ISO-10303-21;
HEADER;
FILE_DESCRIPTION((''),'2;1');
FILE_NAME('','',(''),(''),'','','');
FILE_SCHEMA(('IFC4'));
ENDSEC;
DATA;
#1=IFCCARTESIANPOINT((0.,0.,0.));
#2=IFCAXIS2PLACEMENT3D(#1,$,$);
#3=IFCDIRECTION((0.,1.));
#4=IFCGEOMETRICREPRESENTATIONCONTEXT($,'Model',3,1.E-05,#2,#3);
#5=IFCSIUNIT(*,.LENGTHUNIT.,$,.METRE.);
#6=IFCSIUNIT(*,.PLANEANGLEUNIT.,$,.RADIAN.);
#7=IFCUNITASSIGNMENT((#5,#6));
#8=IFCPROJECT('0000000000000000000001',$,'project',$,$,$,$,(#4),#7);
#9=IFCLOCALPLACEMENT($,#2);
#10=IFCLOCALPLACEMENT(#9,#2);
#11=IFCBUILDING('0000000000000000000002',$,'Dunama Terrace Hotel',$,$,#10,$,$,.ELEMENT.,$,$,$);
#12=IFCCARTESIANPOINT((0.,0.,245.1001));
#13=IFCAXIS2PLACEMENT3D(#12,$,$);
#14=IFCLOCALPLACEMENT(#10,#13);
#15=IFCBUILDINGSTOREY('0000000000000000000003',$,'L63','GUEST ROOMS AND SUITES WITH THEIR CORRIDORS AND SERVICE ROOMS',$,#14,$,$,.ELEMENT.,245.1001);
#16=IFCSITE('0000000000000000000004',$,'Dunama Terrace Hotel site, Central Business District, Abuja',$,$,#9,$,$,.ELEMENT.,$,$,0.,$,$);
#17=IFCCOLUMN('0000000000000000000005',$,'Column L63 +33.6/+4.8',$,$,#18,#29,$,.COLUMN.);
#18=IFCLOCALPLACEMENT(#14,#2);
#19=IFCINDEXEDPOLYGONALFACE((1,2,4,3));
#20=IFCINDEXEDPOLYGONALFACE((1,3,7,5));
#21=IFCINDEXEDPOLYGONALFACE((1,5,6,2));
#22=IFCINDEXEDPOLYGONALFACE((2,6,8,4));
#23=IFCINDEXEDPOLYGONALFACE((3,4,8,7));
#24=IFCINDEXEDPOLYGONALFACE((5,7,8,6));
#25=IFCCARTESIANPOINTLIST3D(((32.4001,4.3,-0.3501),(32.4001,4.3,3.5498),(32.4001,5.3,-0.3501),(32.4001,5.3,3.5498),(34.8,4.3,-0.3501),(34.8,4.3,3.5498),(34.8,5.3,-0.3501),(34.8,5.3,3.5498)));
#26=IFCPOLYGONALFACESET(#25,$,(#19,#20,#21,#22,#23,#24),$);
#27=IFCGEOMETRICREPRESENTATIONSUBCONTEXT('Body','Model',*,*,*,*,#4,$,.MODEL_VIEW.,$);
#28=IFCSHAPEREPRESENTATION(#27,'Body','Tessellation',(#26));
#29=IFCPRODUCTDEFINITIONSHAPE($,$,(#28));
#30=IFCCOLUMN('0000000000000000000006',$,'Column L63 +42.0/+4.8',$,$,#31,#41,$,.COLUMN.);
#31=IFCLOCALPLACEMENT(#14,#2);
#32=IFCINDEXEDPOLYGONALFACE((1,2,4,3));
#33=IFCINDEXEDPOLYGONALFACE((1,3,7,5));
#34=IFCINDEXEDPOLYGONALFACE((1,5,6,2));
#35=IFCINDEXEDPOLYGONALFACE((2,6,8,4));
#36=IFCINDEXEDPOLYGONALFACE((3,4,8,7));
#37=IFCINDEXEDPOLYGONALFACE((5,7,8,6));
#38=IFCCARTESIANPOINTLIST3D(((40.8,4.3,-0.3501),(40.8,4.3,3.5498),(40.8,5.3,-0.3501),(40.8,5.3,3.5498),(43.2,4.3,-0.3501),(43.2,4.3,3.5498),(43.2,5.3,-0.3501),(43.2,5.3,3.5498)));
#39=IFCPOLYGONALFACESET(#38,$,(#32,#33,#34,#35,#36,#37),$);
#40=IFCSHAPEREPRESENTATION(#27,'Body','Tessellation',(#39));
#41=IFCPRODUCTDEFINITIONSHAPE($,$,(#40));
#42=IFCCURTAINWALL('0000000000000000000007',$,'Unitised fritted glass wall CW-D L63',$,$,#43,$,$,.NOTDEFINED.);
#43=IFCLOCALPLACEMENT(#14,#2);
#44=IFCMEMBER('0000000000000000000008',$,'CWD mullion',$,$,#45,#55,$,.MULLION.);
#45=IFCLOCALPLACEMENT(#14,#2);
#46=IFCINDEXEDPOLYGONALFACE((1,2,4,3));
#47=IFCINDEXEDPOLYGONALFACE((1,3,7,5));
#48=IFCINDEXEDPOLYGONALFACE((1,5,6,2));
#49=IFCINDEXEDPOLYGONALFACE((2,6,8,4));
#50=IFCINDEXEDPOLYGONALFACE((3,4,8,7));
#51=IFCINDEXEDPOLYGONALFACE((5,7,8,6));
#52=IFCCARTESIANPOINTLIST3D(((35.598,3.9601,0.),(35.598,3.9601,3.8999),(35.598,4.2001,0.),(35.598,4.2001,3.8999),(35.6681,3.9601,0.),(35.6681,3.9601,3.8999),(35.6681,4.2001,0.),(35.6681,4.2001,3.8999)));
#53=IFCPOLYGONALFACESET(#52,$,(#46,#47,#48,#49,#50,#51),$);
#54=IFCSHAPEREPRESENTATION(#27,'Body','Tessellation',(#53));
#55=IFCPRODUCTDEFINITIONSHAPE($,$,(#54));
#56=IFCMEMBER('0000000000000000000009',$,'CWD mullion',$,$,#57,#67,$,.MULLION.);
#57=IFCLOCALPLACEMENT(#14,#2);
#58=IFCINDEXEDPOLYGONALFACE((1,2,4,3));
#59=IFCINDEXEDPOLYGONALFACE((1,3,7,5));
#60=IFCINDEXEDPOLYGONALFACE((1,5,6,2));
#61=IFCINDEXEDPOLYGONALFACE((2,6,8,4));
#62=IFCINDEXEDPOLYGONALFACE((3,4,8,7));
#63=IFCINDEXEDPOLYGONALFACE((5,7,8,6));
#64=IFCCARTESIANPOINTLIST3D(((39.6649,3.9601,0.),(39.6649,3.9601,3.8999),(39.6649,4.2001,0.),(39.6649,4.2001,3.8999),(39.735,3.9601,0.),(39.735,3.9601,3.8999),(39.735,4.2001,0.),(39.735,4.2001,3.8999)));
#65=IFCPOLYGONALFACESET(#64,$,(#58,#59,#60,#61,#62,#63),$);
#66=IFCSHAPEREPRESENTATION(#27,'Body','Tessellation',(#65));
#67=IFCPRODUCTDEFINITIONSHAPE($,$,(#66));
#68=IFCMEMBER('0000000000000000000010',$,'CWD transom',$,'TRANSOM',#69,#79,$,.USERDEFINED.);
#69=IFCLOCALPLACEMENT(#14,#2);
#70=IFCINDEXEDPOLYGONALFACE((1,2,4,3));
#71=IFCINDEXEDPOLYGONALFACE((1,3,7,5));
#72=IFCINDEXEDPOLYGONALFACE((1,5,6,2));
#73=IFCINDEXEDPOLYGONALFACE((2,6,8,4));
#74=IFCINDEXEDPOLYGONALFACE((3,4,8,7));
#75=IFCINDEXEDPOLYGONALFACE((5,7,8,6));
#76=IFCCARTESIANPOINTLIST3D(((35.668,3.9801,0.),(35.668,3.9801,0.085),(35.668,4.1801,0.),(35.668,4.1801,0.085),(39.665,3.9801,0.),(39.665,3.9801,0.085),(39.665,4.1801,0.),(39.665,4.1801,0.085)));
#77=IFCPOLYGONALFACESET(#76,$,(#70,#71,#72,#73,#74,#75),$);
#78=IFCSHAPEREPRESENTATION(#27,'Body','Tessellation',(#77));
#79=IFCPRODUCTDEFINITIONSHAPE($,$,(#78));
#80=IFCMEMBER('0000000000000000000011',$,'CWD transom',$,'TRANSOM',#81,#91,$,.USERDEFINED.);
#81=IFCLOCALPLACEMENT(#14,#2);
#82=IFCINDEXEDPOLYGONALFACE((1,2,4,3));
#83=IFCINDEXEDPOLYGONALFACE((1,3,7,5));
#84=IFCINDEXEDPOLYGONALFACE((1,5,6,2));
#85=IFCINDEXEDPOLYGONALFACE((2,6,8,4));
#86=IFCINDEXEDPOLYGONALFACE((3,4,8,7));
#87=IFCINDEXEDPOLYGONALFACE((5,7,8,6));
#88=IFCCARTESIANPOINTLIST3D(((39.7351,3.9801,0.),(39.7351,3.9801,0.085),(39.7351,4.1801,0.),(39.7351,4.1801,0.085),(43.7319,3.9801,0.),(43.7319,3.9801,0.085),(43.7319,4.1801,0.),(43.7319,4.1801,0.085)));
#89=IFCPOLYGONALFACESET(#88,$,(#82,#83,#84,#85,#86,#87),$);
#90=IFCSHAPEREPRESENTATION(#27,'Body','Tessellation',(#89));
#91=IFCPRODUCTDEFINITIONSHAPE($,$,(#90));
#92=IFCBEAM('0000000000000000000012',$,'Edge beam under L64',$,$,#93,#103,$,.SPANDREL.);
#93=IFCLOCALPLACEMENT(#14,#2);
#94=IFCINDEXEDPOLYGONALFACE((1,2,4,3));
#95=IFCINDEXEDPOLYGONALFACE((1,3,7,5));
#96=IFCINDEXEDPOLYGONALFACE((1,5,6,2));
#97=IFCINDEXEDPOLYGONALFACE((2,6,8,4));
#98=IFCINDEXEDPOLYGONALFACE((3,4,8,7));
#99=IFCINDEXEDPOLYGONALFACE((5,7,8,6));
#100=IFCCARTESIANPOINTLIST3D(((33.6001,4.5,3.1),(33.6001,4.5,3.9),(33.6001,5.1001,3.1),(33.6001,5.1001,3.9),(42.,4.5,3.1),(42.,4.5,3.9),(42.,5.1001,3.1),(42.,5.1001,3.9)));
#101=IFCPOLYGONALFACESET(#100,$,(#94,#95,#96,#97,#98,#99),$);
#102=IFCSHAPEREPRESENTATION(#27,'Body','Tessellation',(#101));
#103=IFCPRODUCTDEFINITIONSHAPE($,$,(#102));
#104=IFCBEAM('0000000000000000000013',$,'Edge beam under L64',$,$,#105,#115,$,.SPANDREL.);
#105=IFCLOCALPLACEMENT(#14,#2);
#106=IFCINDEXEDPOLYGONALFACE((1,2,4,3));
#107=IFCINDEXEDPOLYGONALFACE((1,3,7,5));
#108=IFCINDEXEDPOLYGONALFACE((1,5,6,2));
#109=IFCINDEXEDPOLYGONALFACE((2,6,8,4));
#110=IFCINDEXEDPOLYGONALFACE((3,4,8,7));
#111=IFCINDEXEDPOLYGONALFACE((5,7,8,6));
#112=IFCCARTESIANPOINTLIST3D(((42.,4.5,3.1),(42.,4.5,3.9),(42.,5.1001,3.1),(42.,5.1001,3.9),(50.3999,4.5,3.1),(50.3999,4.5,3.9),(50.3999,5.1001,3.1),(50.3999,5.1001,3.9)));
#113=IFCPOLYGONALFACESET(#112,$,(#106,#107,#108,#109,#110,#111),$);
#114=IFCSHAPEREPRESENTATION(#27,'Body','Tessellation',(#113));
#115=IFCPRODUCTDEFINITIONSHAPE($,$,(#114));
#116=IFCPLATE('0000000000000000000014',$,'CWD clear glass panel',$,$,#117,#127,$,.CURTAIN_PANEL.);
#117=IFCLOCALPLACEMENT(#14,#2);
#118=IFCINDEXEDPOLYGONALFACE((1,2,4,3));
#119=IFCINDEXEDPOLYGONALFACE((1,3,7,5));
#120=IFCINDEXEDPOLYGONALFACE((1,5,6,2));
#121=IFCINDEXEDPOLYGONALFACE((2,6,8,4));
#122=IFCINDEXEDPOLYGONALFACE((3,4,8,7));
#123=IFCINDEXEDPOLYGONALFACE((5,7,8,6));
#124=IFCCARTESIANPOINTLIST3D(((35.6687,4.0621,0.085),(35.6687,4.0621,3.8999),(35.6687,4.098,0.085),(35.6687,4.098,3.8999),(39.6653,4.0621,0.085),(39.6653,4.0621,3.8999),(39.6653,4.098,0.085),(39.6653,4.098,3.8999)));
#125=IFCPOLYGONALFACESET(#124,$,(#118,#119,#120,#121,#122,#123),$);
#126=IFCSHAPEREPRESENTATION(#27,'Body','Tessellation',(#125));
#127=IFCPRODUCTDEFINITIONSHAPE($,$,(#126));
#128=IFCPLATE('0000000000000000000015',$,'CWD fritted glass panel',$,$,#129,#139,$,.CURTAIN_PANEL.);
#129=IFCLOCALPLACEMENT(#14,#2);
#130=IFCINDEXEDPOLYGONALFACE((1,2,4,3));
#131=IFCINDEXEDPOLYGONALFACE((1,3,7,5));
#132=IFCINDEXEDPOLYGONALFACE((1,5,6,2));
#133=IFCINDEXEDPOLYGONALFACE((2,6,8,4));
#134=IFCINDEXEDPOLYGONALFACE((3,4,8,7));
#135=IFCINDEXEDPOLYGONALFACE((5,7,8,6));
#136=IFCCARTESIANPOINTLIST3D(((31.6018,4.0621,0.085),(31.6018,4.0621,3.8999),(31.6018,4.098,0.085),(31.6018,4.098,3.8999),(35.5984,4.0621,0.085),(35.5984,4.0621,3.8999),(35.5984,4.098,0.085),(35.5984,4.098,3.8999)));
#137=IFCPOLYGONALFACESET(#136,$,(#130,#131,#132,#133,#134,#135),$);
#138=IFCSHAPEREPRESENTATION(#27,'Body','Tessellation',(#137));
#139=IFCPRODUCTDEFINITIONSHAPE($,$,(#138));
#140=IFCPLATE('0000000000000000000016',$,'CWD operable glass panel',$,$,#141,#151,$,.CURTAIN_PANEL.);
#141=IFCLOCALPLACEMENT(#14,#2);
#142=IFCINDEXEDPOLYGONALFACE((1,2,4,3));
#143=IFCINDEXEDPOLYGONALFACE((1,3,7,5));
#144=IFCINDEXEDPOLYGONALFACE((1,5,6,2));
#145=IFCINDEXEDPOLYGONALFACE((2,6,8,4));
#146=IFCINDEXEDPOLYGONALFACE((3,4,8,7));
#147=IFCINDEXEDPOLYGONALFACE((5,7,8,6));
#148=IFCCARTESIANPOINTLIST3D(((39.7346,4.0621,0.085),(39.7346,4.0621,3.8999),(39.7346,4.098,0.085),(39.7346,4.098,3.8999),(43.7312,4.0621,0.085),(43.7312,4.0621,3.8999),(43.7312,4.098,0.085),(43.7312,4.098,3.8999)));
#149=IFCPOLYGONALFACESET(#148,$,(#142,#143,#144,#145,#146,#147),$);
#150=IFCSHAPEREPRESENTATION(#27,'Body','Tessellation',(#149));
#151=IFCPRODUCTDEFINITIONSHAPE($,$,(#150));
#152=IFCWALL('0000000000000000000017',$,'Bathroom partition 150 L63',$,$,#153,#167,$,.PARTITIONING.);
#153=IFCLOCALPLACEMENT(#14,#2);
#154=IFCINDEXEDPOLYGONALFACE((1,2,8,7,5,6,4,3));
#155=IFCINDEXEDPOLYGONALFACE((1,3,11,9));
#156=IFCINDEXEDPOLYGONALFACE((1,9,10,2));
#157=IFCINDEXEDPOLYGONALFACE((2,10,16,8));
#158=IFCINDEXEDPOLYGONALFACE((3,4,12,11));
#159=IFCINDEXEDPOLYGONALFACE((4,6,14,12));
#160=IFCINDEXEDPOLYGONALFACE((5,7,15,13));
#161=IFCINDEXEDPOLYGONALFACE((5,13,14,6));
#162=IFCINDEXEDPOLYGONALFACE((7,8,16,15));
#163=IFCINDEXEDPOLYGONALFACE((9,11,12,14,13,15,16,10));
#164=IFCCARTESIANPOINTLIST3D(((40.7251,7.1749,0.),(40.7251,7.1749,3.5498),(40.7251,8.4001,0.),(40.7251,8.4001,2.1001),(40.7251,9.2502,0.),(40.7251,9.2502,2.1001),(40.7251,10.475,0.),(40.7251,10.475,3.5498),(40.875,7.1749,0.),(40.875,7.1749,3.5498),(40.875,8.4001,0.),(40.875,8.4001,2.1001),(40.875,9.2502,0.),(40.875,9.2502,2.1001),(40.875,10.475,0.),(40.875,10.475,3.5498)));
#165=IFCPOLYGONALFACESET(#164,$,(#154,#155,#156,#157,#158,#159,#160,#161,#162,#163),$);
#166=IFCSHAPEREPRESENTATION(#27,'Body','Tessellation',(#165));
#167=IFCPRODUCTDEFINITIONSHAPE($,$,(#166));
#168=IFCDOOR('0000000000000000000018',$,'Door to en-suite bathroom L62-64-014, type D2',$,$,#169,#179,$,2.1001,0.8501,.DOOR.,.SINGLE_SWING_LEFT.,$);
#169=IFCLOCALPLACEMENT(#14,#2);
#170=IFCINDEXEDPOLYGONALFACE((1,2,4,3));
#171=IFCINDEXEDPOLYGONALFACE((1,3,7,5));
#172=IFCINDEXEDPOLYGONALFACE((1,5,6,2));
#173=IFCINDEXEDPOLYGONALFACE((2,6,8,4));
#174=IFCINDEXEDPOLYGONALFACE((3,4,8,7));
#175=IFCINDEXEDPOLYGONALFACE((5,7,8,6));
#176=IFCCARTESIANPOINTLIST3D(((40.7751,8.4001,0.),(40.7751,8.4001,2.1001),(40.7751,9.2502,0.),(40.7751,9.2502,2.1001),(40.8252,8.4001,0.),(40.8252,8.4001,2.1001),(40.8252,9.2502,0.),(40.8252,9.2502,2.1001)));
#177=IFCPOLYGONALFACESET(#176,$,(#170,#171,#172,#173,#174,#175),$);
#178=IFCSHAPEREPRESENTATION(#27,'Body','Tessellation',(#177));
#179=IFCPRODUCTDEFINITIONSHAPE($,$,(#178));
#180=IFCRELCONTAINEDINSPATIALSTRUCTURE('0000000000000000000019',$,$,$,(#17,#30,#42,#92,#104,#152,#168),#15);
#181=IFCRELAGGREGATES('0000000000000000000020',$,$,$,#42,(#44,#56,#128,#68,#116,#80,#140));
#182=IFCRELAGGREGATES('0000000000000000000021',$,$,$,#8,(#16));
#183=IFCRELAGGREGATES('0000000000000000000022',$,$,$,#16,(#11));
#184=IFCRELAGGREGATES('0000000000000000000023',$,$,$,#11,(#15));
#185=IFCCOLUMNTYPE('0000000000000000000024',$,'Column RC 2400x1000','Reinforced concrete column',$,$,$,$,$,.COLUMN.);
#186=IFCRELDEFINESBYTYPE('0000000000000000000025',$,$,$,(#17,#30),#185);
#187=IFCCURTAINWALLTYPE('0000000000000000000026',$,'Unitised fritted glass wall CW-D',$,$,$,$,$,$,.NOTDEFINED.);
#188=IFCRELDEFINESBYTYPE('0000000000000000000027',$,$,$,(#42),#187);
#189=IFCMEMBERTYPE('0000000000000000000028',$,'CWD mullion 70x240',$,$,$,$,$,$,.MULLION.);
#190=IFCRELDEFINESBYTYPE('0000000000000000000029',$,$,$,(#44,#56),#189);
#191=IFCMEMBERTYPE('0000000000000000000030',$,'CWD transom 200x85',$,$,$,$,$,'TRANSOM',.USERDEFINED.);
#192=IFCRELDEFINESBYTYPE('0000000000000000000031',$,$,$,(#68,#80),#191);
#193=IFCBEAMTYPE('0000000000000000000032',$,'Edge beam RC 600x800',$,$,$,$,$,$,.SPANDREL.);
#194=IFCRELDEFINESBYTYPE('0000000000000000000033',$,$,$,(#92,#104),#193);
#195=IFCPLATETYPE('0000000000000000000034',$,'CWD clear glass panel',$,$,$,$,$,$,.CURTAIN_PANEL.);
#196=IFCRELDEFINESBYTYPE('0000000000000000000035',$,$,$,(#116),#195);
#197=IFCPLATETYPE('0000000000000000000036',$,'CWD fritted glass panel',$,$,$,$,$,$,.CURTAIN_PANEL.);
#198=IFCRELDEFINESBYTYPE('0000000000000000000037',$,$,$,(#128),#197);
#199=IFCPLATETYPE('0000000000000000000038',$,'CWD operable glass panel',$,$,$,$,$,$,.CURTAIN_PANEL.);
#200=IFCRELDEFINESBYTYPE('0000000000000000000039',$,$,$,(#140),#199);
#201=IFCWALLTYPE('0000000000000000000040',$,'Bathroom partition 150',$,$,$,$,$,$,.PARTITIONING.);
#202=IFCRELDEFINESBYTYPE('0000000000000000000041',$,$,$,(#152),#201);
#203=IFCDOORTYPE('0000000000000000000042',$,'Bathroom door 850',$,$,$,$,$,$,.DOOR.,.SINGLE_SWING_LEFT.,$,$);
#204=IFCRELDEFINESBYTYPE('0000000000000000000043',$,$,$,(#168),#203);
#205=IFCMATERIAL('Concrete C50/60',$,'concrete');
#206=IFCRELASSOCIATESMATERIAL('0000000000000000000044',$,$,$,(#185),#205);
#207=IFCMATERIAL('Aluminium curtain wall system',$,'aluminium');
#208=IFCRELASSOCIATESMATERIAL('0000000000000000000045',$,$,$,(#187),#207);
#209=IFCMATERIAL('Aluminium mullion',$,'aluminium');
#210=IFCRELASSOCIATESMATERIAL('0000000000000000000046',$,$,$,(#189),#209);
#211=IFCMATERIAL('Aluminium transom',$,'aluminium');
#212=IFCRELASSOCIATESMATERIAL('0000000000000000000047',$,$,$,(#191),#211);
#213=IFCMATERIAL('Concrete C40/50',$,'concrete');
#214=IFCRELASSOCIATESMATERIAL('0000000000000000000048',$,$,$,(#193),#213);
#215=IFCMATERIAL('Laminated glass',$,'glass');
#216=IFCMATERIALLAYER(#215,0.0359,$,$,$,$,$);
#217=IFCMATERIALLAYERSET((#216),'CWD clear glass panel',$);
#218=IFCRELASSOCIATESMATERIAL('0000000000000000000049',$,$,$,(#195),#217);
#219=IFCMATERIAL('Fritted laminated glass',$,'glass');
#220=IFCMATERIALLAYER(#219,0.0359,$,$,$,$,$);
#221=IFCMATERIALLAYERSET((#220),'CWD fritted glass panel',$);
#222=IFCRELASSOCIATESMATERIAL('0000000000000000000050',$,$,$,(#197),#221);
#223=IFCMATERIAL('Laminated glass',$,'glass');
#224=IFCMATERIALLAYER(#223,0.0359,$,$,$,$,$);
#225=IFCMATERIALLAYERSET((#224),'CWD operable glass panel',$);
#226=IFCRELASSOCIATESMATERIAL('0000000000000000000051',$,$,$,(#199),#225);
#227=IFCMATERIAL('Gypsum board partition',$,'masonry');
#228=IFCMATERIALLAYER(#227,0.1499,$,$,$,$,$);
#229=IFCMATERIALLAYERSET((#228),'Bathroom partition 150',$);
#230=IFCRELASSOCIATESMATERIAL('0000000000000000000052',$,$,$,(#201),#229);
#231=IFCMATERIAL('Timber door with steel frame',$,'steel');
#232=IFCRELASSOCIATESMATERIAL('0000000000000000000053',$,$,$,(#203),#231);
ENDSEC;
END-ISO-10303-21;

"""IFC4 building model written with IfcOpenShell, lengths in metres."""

from ifc_helpers import new_model, si_unit, direction, frame, frame_2d, origin, origin_2d, place, context, subcontext, project, spatial, rectangle, extrude, material, layer, layer_set, material_profile, profile_set, type_object, element, fill, aggregate, save


model = new_model("IFC4")

# Units and contexts
model_context = context("Model", 3, precision=1e-05, world=origin(), true_north=direction((0.0, 1.0)))
body_context = subcontext(model_context, "Body", "Model", "MODEL_VIEW")
ifc_project = project(units=[si_unit("LENGTHUNIT", "METRE"), si_unit("PLANEANGLEUNIT", "RADIAN")], contexts=[model_context])

# Site, building, storey
site_placement = place(None, origin())
site = spatial("IfcSite", under=ifc_project, at=site_placement, Name="Dunama Terrace Hotel site, Central Business District, Abuja", CompositionType="ELEMENT", RefElevation=0.0)
building_placement = place(site_placement, origin())
building = spatial("IfcBuilding", under=site, at=building_placement, Name="Dunama Terrace Hotel", CompositionType="ELEMENT")
storey_placement = place(building_placement, frame((0.0, 0.0, 245.1001)))
storey = spatial("IfcBuildingStorey", under=building, at=storey_placement, Name="L63", Description="GUEST ROOMS AND SUITES WITH THEIR CORRIDORS AND SERVICE ROOMS", CompositionType="ELEMENT", Elevation=245.1001)

# Columns
ifc_material_1 = material(Name="Concrete C50/60", Category="concrete")
ifc_material_profile_1 = material_profile(ifc_material_1, rectangle(XDim=2.3999, YDim=1.0, at=origin_2d()), Name="RC 2400x1000")
ifc_profile_set_1 = profile_set([ifc_material_profile_1], Name="Concrete C50/60")
column_type = type_object("IfcColumnType", Name="Column RC 2400x1000", Description="Reinforced concrete column", PredefinedType="COLUMN", material=ifc_profile_set_1)
for number, where, z_axis, x_axis, name in (
    (1, (33.6001, 4.8, -0.3501), (0.0, 0.0, 1.0), (1.0, 0.0, 0.0), "Column L63 +33.6/+4.8"),
    (2, (42.0, 4.8, -0.3501), (0.0, 0.0, 1.0), (1.0, 0.0, 0.0), "Column L63 +42.0/+4.8"),
):
    element("IfcColumn", number, at=place(storey_placement, frame(where, z_axis=z_axis, x_axis=x_axis)), inside=storey, type_object=column_type, Name=name, PredefinedType="COLUMN", context=body_context, shape_type="SweptSolid", body=[
        extrude(rectangle(XDim=2.3999, YDim=1.0, at=origin_2d()), origin(), (0.0, 0.0, 1.0), 3.8999),
    ])

# Curtain wall, members
ifc_material_2 = material(Name="Aluminium curtain wall system", Category="aluminium")
curtain_wall_type = type_object("IfcCurtainWallType", Name="Unitised fritted glass wall CW-D", PredefinedType="NOTDEFINED", material=ifc_material_2)
curtain_wall_placement = place(storey_placement, origin())
curtain_wall = element("IfcCurtainWall", 3, at=curtain_wall_placement, inside=storey, type_object=curtain_wall_type, Name="Unitised fritted glass wall CW-D L63", PredefinedType="NOTDEFINED")
ifc_material_3 = material(Name="Aluminium mullion", Category="aluminium")
ifc_material_profile_2 = material_profile(ifc_material_3, rectangle(XDim=0.0701, YDim=0.24, at=origin_2d()), Name="CWD MULLION 70X240")
ifc_profile_set_2 = profile_set([ifc_material_profile_2], Name="Aluminium mullion")
member_type_1 = type_object("IfcMemberType", Name="CWD mullion 70x240", PredefinedType="MULLION", material=ifc_profile_set_2)
member_1_placement = place(storey_placement, frame((35.6331, 4.0801, 0.0), z_axis=(0.0, 0.0, 1.0), x_axis=(1.0, 0.0, 0.0)))
member_1 = element("IfcMember", 4, at=member_1_placement, type_object=member_type_1, Name="CWD mullion", PredefinedType="MULLION", context=body_context, shape_type="SweptSolid", body=[
    extrude(rectangle(XDim=0.0701, YDim=0.24, at=origin_2d()), origin(), (0.0, 0.0, 1.0), 3.8999),
])
member_2_placement = place(storey_placement, frame((39.7, 4.0801, 0.0), z_axis=(0.0, 0.0, 1.0), x_axis=(1.0, 0.0, 0.0)))
member_2 = element("IfcMember", 5, at=member_2_placement, type_object=member_type_1, Name="CWD mullion", PredefinedType="MULLION", context=body_context, shape_type="SweptSolid", body=[
    extrude(rectangle(XDim=0.0701, YDim=0.24, at=origin_2d()), origin(), (0.0, 0.0, 1.0), 3.8999),
])
ifc_material_4 = material(Name="Aluminium transom", Category="aluminium")
ifc_material_profile_3 = material_profile(ifc_material_4, rectangle(XDim=0.2, YDim=0.085, at=origin_2d()), Name="CWD TRANSOM 200X85")
ifc_profile_set_3 = profile_set([ifc_material_profile_3], Name="Aluminium transom")
member_type_2 = type_object("IfcMemberType", Name="CWD transom 200x85", ElementType="TRANSOM", PredefinedType="USERDEFINED", material=ifc_profile_set_3)
member_3_placement = place(storey_placement, frame((35.668, 4.0801, 0.0425), z_axis=(1.0, 0.0, 0.0), x_axis=(0.0, 1.0, 0.0)))
member_3 = element("IfcMember", 6, at=member_3_placement, type_object=member_type_2, Name="CWD transom", ObjectType="TRANSOM", PredefinedType="USERDEFINED", context=body_context, shape_type="SweptSolid", body=[
    extrude(rectangle(XDim=0.2, YDim=0.085, at=origin_2d()), origin(), (0.0, 0.0, 1.0), 3.9971),
])
member_4_placement = place(storey_placement, frame((39.7351, 4.0801, 0.0425), z_axis=(1.0, 0.0, 0.0), x_axis=(0.0, 1.0, 0.0)))
member_4 = element("IfcMember", 7, at=member_4_placement, type_object=member_type_2, Name="CWD transom", ObjectType="TRANSOM", PredefinedType="USERDEFINED", context=body_context, shape_type="SweptSolid", body=[
    extrude(rectangle(XDim=0.2, YDim=0.085, at=origin_2d()), origin(), (0.0, 0.0, 1.0), 3.9968),
])

# Beams
ifc_material_5 = material(Name="Concrete C40/50", Category="concrete")
ifc_material_profile_4 = material_profile(ifc_material_5, rectangle(XDim=0.6001, YDim=0.8, at=origin_2d()), Name="RC 600x800")
ifc_profile_set_4 = profile_set([ifc_material_profile_4], Name="Concrete C40/50")
beam_type = type_object("IfcBeamType", Name="Edge beam RC 600x800", PredefinedType="SPANDREL", material=ifc_profile_set_4)
for number, where, z_axis, x_axis, name in (
    (8, (33.6001, 4.8, 3.5), (1.0, 0.0, 0.0), (0.0, 1.0, 0.0), "Edge beam under L64"),
    (9, (42.0, 4.8, 3.5), (1.0, 0.0, 0.0), (0.0, 1.0, 0.0), "Edge beam under L64"),
):
    element("IfcBeam", number, at=place(storey_placement, frame(where, z_axis=z_axis, x_axis=x_axis)), inside=storey, type_object=beam_type, Name=name, PredefinedType="SPANDREL", context=body_context, shape_type="SweptSolid", body=[
        extrude(rectangle(XDim=0.6001, YDim=0.8, at=origin_2d()), origin(), (0.0, 0.0, 1.0), 8.3999),
    ])

# Plates
ifc_material_6 = material(Name="Laminated glass", Category="glass")
ifc_layer_1 = layer(ifc_material_6, 0.0359)
ifc_layer_set_1 = layer_set([ifc_layer_1], Name="CWD clear glass panel")
plate_type_1 = type_object("IfcPlateType", Name="CWD clear glass panel", PredefinedType="CURTAIN_PANEL", material=ifc_layer_set_1)
plate_1_placement = place(storey_placement, frame((37.667, 4.0801, 0.085), z_axis=(0.0, 0.0, 1.0), x_axis=(1.0, 0.0, 0.0)))
plate_1 = element("IfcPlate", 10, at=plate_1_placement, type_object=plate_type_1, Name="CWD clear glass panel", PredefinedType="CURTAIN_PANEL", context=body_context, shape_type="SweptSolid", body=[
    extrude(rectangle(XDim=3.9966, YDim=0.0359, at=origin_2d()), origin(), (0.0, 0.0, 1.0), 3.8149),
])
ifc_material_7 = material(Name="Fritted laminated glass", Category="glass")
ifc_layer_2 = layer(ifc_material_7, 0.0359)
ifc_layer_set_2 = layer_set([ifc_layer_2], Name="CWD fritted glass panel")
plate_type_2 = type_object("IfcPlateType", Name="CWD fritted glass panel", PredefinedType="CURTAIN_PANEL", material=ifc_layer_set_2)
plate_2_placement = place(storey_placement, frame((33.6001, 4.0801, 0.085), z_axis=(0.0, 0.0, 1.0), x_axis=(1.0, 0.0, 0.0)))
plate_2 = element("IfcPlate", 11, at=plate_2_placement, type_object=plate_type_2, Name="CWD fritted glass panel", PredefinedType="CURTAIN_PANEL", context=body_context, shape_type="SweptSolid", body=[
    extrude(rectangle(XDim=3.9966, YDim=0.0359, at=origin_2d()), origin(), (0.0, 0.0, 1.0), 3.8149),
])
ifc_material_8 = material(Name="Laminated glass", Category="glass")
ifc_layer_3 = layer(ifc_material_8, 0.0359)
ifc_layer_set_3 = layer_set([ifc_layer_3], Name="CWD operable glass panel")
plate_type_3 = type_object("IfcPlateType", Name="CWD operable glass panel", PredefinedType="CURTAIN_PANEL", material=ifc_layer_set_3)
plate_3_placement = place(storey_placement, frame((41.7329, 4.0801, 0.085), z_axis=(0.0, 0.0, 1.0), x_axis=(1.0, 0.0, 0.0)))
plate_3 = element("IfcPlate", 12, at=plate_3_placement, type_object=plate_type_3, Name="CWD operable glass panel", PredefinedType="CURTAIN_PANEL", context=body_context, shape_type="SweptSolid", body=[
    extrude(rectangle(XDim=3.9966, YDim=0.0359, at=origin_2d()), origin(), (0.0, 0.0, 1.0), 3.8149),
])
aggregate(curtain_wall, [member_1, member_2, plate_2, member_3, plate_1, member_4, plate_3])

# Wall, opening, door
ifc_material_9 = material(Name="Gypsum board partition", Category="masonry")
ifc_layer_4 = layer(ifc_material_9, 0.1499)
ifc_layer_set_4 = layer_set([ifc_layer_4], Name="Bathroom partition 150")
wall_type_1 = type_object("IfcWallType", Name="Bathroom partition 150", PredefinedType="PARTITIONING", material=ifc_layer_set_4)
wall_1_placement = place(storey_placement, frame((40.8, 7.175, 0.0), z_axis=(0.0, 0.0, 1.0), x_axis=(0.0, 1.0, 0.0)))
wall_1 = element("IfcWall", 13, at=wall_1_placement, inside=storey, type_object=wall_type_1, Name="Bathroom partition 150 L63", PredefinedType="PARTITIONING", context=body_context, shape_type="SweptSolid", body=[
    extrude(rectangle(XDim=3.3, YDim=0.1499, at=frame_2d((1.6499, 0.0))), origin(), (0.0, 0.0, 1.0), 3.5498),
])
opening_1_placement = place(wall_1_placement, frame((1.2251, 0.0, 0.0)))
opening_1 = element("IfcOpeningElement", 14, at=opening_1_placement, cuts=wall_1, PredefinedType="OPENING", context=body_context, shape_type="SweptSolid", body=[
    extrude(rectangle(XDim=0.8501, YDim=2.1001, at=frame_2d((0.425, 1.05))), frame((0.0, 0.085, 0.0), z_axis=(0.0, -1.0, 0.0), x_axis=(1.0, 0.0, 0.0)), (0.0, 0.0, 1.0), 0.1699),
])
ifc_material_10 = material(Name="Timber door with steel frame", Category="steel")
door_type_1 = type_object("IfcDoorType", Name="Bathroom door 850", OperationType="SINGLE_SWING_LEFT", PredefinedType="DOOR", material=ifc_material_10)
door_1_placement = place(opening_1_placement, origin())
door_1 = element("IfcDoor", 15, at=door_1_placement, inside=storey, type_object=door_type_1, Name="Door to en-suite bathroom L62-64-014, type D2", OperationType="SINGLE_SWING_LEFT", OverallHeight=2.1001, OverallWidth=0.8501, PredefinedType="DOOR", context=body_context, shape_type="SweptSolid", body=[
    extrude(rectangle(XDim=0.8501, YDim=2.1001, at=frame_2d((0.425, 1.05))), frame((0.0, 0.0249, 0.0), z_axis=(0.0, -1.0, 0.0), x_axis=(1.0, 0.0, 0.0)), (0.0, 0.0, 1.0), 0.05),
])
fill(opening_1, door_1)

save(model, "model.ifc")
